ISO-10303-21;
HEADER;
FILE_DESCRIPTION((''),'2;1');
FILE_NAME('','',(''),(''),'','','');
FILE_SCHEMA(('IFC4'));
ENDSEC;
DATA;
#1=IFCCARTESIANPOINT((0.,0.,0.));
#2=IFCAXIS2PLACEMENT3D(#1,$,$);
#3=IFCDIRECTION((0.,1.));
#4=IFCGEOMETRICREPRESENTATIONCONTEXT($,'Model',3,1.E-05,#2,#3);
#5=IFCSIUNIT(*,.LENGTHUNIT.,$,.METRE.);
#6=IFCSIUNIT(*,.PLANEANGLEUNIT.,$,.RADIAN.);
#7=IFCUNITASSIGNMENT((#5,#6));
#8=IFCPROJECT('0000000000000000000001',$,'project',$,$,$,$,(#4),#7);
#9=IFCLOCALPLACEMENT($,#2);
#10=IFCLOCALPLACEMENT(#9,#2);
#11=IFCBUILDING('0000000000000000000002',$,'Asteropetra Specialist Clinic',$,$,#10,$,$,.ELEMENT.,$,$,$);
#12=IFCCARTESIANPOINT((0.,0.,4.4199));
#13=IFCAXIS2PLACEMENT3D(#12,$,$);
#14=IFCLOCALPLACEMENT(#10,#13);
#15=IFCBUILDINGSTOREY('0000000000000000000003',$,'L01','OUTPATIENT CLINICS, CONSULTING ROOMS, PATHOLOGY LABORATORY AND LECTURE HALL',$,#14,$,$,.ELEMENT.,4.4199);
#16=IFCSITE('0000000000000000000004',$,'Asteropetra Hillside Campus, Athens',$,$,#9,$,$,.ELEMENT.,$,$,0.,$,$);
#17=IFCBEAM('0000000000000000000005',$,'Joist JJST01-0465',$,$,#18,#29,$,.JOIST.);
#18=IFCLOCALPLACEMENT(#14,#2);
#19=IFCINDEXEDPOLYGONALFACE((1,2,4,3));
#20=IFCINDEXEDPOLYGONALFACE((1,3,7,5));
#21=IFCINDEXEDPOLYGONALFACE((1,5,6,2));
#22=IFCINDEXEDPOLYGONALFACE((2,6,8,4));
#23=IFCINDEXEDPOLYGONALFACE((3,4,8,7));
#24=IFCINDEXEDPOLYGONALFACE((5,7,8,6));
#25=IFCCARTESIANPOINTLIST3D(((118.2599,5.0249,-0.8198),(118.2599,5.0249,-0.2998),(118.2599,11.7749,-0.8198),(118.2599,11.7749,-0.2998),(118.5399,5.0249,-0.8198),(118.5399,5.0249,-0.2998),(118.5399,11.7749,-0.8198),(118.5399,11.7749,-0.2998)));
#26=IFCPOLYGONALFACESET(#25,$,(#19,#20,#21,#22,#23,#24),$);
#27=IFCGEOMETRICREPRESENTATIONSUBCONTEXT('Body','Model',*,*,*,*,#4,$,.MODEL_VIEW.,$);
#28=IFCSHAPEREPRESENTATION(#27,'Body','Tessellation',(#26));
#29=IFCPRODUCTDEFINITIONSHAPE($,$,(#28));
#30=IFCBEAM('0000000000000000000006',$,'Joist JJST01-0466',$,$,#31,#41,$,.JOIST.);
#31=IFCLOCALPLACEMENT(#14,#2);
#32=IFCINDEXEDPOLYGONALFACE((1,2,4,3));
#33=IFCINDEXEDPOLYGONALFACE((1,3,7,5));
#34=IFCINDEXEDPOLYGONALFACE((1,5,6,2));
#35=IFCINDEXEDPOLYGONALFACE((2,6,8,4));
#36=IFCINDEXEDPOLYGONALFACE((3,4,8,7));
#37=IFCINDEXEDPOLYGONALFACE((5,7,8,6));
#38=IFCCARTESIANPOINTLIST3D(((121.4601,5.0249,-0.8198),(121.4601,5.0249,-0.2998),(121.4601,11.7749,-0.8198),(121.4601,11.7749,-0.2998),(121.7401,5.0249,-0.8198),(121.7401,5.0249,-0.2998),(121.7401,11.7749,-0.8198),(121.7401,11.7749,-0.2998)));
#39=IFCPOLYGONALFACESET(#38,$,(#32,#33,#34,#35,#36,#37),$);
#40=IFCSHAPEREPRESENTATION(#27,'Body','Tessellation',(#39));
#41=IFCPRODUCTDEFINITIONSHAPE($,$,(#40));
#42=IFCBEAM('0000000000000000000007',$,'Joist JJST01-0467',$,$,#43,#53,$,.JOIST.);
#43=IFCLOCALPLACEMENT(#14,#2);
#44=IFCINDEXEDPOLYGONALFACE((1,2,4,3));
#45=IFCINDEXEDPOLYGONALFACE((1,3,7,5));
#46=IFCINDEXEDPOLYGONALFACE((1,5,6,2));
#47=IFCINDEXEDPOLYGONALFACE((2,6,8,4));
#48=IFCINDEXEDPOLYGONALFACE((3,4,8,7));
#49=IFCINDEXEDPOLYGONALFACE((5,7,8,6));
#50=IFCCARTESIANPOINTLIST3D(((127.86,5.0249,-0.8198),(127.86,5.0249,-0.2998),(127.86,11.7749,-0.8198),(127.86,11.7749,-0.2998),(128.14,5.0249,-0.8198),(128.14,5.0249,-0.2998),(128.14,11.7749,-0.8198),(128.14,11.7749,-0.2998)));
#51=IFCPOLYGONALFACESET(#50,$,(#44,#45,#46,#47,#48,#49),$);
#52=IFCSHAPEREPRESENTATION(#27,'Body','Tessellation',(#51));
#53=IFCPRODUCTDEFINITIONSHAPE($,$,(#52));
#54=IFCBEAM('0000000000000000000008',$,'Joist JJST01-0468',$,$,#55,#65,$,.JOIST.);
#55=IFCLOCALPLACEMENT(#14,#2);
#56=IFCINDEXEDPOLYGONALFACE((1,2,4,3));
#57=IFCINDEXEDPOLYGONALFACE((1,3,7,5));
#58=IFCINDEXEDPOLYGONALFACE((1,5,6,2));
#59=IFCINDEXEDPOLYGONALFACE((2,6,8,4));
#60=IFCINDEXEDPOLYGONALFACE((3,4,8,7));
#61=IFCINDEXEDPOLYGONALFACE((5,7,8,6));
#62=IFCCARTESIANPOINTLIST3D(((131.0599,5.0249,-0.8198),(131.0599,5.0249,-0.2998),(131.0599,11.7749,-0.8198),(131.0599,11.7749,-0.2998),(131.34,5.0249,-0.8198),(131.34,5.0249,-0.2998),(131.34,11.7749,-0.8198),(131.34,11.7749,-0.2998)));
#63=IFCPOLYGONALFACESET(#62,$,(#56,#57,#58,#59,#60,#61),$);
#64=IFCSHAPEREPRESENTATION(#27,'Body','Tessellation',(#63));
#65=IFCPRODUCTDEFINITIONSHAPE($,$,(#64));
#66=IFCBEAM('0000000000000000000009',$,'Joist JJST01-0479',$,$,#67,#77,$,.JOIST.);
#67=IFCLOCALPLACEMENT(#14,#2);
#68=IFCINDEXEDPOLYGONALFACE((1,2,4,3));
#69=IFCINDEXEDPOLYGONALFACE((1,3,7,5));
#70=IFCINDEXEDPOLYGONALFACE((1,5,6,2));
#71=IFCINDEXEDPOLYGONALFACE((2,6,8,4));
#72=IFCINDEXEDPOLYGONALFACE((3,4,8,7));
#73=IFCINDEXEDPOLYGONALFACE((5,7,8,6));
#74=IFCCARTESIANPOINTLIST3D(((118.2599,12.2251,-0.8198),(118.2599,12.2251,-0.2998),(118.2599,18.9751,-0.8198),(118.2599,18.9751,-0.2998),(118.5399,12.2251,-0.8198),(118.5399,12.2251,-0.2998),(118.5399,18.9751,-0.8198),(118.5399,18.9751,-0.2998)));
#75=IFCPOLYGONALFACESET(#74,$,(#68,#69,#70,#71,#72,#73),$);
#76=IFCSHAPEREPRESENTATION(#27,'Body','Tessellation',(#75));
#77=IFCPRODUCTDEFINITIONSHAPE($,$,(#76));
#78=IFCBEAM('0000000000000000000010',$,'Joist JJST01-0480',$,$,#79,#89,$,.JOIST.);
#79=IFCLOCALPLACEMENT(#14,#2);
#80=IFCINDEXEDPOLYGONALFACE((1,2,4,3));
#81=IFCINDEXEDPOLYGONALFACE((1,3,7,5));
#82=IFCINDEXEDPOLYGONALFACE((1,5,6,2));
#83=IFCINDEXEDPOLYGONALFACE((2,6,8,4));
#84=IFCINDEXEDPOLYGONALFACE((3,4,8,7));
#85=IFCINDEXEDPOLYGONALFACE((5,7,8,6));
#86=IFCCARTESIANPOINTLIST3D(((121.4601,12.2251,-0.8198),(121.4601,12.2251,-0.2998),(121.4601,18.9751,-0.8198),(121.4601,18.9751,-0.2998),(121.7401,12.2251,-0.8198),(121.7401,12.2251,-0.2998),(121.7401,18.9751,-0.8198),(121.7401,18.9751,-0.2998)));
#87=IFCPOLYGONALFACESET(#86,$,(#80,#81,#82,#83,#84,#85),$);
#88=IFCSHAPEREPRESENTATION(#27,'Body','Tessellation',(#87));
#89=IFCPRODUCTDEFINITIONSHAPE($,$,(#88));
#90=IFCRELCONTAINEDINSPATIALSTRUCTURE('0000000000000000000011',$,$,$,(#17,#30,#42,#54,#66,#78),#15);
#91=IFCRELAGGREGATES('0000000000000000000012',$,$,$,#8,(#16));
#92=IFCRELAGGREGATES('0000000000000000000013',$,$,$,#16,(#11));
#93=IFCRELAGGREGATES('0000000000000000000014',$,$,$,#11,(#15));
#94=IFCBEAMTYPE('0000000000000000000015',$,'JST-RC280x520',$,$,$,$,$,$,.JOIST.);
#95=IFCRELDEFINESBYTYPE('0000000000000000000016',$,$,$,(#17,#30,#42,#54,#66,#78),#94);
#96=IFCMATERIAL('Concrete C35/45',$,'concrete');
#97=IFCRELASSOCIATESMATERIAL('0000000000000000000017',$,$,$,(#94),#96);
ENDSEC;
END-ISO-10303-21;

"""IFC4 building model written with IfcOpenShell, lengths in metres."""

from ifc_helpers import new_model, si_unit, direction, frame, origin, origin_2d, place, context, subcontext, project, spatial, rectangle, extrude, material, material_profile, profile_set, type_object, element, save


model = new_model("IFC4")

# Units and contexts
model_context = context("Model", 3, precision=1e-05, world=origin(), true_north=direction((0.0, 1.0)))
body_context = subcontext(model_context, "Body", "Model", "MODEL_VIEW")
ifc_project = project(units=[si_unit("LENGTHUNIT", "METRE"), si_unit("PLANEANGLEUNIT", "RADIAN")], contexts=[model_context])

# Site, building, storey
site_placement = place(None, origin())
site = spatial("IfcSite", under=ifc_project, at=site_placement, Name="Asteropetra Hillside Campus, Athens", CompositionType="ELEMENT", RefElevation=0.0)
building_placement = place(site_placement, origin())
building = spatial("IfcBuilding", under=site, at=building_placement, Name="Asteropetra Specialist Clinic", CompositionType="ELEMENT")
storey_placement = place(building_placement, frame((0.0, 0.0, 4.4199)))
storey = spatial("IfcBuildingStorey", under=building, at=storey_placement, Name="L01", Description="OUTPATIENT CLINICS, CONSULTING ROOMS, PATHOLOGY LABORATORY AND LECTURE HALL", CompositionType="ELEMENT", Elevation=4.4199)

# Beams
ifc_material_1 = material(Name="Concrete C35/45", Category="concrete")
ifc_material_profile_1 = material_profile(ifc_material_1, rectangle(XDim=0.28, YDim=0.52, at=origin_2d()), Name="RCJ 280x520")
ifc_profile_set_1 = profile_set([ifc_material_profile_1], Name="Concrete C35/45")
beam_type_1 = type_object("IfcBeamType", Name="JST-RC280x520", PredefinedType="JOIST", material=ifc_profile_set_1)
for number, where, z_axis, x_axis, name in (
    (1, (118.3999, 5.0249, -0.5598), (0.0, 1.0, 0.0), (-1.0, 0.0, 0.0), "Joist JJST01-0465"),
    (2, (121.6001, 5.0249, -0.5598), (0.0, 1.0, 0.0), (-1.0, 0.0, 0.0), "Joist JJST01-0466"),
    (3, (128.0, 5.0249, -0.5598), (0.0, 1.0, 0.0), (-1.0, 0.0, 0.0), "Joist JJST01-0467"),
    (4, (131.2, 5.0249, -0.5598), (0.0, 1.0, 0.0), (-1.0, 0.0, 0.0), "Joist JJST01-0468"),
    (5, (118.3999, 12.2251, -0.5598), (0.0, 1.0, 0.0), (-1.0, 0.0, 0.0), "Joist JJST01-0479"),
    (6, (121.6001, 12.2251, -0.5598), (0.0, 1.0, 0.0), (-1.0, 0.0, 0.0), "Joist JJST01-0480"),
):
    element("IfcBeam", number, at=place(storey_placement, frame(where, z_axis=z_axis, x_axis=x_axis)), inside=storey, type_object=beam_type_1, Name=name, PredefinedType="JOIST", context=body_context, shape_type="SweptSolid", body=[
        extrude(rectangle(XDim=0.28, YDim=0.52, at=origin_2d()), origin(), (0.0, 0.0, 1.0), 6.75),
    ])

save(model, "model.ifc")
